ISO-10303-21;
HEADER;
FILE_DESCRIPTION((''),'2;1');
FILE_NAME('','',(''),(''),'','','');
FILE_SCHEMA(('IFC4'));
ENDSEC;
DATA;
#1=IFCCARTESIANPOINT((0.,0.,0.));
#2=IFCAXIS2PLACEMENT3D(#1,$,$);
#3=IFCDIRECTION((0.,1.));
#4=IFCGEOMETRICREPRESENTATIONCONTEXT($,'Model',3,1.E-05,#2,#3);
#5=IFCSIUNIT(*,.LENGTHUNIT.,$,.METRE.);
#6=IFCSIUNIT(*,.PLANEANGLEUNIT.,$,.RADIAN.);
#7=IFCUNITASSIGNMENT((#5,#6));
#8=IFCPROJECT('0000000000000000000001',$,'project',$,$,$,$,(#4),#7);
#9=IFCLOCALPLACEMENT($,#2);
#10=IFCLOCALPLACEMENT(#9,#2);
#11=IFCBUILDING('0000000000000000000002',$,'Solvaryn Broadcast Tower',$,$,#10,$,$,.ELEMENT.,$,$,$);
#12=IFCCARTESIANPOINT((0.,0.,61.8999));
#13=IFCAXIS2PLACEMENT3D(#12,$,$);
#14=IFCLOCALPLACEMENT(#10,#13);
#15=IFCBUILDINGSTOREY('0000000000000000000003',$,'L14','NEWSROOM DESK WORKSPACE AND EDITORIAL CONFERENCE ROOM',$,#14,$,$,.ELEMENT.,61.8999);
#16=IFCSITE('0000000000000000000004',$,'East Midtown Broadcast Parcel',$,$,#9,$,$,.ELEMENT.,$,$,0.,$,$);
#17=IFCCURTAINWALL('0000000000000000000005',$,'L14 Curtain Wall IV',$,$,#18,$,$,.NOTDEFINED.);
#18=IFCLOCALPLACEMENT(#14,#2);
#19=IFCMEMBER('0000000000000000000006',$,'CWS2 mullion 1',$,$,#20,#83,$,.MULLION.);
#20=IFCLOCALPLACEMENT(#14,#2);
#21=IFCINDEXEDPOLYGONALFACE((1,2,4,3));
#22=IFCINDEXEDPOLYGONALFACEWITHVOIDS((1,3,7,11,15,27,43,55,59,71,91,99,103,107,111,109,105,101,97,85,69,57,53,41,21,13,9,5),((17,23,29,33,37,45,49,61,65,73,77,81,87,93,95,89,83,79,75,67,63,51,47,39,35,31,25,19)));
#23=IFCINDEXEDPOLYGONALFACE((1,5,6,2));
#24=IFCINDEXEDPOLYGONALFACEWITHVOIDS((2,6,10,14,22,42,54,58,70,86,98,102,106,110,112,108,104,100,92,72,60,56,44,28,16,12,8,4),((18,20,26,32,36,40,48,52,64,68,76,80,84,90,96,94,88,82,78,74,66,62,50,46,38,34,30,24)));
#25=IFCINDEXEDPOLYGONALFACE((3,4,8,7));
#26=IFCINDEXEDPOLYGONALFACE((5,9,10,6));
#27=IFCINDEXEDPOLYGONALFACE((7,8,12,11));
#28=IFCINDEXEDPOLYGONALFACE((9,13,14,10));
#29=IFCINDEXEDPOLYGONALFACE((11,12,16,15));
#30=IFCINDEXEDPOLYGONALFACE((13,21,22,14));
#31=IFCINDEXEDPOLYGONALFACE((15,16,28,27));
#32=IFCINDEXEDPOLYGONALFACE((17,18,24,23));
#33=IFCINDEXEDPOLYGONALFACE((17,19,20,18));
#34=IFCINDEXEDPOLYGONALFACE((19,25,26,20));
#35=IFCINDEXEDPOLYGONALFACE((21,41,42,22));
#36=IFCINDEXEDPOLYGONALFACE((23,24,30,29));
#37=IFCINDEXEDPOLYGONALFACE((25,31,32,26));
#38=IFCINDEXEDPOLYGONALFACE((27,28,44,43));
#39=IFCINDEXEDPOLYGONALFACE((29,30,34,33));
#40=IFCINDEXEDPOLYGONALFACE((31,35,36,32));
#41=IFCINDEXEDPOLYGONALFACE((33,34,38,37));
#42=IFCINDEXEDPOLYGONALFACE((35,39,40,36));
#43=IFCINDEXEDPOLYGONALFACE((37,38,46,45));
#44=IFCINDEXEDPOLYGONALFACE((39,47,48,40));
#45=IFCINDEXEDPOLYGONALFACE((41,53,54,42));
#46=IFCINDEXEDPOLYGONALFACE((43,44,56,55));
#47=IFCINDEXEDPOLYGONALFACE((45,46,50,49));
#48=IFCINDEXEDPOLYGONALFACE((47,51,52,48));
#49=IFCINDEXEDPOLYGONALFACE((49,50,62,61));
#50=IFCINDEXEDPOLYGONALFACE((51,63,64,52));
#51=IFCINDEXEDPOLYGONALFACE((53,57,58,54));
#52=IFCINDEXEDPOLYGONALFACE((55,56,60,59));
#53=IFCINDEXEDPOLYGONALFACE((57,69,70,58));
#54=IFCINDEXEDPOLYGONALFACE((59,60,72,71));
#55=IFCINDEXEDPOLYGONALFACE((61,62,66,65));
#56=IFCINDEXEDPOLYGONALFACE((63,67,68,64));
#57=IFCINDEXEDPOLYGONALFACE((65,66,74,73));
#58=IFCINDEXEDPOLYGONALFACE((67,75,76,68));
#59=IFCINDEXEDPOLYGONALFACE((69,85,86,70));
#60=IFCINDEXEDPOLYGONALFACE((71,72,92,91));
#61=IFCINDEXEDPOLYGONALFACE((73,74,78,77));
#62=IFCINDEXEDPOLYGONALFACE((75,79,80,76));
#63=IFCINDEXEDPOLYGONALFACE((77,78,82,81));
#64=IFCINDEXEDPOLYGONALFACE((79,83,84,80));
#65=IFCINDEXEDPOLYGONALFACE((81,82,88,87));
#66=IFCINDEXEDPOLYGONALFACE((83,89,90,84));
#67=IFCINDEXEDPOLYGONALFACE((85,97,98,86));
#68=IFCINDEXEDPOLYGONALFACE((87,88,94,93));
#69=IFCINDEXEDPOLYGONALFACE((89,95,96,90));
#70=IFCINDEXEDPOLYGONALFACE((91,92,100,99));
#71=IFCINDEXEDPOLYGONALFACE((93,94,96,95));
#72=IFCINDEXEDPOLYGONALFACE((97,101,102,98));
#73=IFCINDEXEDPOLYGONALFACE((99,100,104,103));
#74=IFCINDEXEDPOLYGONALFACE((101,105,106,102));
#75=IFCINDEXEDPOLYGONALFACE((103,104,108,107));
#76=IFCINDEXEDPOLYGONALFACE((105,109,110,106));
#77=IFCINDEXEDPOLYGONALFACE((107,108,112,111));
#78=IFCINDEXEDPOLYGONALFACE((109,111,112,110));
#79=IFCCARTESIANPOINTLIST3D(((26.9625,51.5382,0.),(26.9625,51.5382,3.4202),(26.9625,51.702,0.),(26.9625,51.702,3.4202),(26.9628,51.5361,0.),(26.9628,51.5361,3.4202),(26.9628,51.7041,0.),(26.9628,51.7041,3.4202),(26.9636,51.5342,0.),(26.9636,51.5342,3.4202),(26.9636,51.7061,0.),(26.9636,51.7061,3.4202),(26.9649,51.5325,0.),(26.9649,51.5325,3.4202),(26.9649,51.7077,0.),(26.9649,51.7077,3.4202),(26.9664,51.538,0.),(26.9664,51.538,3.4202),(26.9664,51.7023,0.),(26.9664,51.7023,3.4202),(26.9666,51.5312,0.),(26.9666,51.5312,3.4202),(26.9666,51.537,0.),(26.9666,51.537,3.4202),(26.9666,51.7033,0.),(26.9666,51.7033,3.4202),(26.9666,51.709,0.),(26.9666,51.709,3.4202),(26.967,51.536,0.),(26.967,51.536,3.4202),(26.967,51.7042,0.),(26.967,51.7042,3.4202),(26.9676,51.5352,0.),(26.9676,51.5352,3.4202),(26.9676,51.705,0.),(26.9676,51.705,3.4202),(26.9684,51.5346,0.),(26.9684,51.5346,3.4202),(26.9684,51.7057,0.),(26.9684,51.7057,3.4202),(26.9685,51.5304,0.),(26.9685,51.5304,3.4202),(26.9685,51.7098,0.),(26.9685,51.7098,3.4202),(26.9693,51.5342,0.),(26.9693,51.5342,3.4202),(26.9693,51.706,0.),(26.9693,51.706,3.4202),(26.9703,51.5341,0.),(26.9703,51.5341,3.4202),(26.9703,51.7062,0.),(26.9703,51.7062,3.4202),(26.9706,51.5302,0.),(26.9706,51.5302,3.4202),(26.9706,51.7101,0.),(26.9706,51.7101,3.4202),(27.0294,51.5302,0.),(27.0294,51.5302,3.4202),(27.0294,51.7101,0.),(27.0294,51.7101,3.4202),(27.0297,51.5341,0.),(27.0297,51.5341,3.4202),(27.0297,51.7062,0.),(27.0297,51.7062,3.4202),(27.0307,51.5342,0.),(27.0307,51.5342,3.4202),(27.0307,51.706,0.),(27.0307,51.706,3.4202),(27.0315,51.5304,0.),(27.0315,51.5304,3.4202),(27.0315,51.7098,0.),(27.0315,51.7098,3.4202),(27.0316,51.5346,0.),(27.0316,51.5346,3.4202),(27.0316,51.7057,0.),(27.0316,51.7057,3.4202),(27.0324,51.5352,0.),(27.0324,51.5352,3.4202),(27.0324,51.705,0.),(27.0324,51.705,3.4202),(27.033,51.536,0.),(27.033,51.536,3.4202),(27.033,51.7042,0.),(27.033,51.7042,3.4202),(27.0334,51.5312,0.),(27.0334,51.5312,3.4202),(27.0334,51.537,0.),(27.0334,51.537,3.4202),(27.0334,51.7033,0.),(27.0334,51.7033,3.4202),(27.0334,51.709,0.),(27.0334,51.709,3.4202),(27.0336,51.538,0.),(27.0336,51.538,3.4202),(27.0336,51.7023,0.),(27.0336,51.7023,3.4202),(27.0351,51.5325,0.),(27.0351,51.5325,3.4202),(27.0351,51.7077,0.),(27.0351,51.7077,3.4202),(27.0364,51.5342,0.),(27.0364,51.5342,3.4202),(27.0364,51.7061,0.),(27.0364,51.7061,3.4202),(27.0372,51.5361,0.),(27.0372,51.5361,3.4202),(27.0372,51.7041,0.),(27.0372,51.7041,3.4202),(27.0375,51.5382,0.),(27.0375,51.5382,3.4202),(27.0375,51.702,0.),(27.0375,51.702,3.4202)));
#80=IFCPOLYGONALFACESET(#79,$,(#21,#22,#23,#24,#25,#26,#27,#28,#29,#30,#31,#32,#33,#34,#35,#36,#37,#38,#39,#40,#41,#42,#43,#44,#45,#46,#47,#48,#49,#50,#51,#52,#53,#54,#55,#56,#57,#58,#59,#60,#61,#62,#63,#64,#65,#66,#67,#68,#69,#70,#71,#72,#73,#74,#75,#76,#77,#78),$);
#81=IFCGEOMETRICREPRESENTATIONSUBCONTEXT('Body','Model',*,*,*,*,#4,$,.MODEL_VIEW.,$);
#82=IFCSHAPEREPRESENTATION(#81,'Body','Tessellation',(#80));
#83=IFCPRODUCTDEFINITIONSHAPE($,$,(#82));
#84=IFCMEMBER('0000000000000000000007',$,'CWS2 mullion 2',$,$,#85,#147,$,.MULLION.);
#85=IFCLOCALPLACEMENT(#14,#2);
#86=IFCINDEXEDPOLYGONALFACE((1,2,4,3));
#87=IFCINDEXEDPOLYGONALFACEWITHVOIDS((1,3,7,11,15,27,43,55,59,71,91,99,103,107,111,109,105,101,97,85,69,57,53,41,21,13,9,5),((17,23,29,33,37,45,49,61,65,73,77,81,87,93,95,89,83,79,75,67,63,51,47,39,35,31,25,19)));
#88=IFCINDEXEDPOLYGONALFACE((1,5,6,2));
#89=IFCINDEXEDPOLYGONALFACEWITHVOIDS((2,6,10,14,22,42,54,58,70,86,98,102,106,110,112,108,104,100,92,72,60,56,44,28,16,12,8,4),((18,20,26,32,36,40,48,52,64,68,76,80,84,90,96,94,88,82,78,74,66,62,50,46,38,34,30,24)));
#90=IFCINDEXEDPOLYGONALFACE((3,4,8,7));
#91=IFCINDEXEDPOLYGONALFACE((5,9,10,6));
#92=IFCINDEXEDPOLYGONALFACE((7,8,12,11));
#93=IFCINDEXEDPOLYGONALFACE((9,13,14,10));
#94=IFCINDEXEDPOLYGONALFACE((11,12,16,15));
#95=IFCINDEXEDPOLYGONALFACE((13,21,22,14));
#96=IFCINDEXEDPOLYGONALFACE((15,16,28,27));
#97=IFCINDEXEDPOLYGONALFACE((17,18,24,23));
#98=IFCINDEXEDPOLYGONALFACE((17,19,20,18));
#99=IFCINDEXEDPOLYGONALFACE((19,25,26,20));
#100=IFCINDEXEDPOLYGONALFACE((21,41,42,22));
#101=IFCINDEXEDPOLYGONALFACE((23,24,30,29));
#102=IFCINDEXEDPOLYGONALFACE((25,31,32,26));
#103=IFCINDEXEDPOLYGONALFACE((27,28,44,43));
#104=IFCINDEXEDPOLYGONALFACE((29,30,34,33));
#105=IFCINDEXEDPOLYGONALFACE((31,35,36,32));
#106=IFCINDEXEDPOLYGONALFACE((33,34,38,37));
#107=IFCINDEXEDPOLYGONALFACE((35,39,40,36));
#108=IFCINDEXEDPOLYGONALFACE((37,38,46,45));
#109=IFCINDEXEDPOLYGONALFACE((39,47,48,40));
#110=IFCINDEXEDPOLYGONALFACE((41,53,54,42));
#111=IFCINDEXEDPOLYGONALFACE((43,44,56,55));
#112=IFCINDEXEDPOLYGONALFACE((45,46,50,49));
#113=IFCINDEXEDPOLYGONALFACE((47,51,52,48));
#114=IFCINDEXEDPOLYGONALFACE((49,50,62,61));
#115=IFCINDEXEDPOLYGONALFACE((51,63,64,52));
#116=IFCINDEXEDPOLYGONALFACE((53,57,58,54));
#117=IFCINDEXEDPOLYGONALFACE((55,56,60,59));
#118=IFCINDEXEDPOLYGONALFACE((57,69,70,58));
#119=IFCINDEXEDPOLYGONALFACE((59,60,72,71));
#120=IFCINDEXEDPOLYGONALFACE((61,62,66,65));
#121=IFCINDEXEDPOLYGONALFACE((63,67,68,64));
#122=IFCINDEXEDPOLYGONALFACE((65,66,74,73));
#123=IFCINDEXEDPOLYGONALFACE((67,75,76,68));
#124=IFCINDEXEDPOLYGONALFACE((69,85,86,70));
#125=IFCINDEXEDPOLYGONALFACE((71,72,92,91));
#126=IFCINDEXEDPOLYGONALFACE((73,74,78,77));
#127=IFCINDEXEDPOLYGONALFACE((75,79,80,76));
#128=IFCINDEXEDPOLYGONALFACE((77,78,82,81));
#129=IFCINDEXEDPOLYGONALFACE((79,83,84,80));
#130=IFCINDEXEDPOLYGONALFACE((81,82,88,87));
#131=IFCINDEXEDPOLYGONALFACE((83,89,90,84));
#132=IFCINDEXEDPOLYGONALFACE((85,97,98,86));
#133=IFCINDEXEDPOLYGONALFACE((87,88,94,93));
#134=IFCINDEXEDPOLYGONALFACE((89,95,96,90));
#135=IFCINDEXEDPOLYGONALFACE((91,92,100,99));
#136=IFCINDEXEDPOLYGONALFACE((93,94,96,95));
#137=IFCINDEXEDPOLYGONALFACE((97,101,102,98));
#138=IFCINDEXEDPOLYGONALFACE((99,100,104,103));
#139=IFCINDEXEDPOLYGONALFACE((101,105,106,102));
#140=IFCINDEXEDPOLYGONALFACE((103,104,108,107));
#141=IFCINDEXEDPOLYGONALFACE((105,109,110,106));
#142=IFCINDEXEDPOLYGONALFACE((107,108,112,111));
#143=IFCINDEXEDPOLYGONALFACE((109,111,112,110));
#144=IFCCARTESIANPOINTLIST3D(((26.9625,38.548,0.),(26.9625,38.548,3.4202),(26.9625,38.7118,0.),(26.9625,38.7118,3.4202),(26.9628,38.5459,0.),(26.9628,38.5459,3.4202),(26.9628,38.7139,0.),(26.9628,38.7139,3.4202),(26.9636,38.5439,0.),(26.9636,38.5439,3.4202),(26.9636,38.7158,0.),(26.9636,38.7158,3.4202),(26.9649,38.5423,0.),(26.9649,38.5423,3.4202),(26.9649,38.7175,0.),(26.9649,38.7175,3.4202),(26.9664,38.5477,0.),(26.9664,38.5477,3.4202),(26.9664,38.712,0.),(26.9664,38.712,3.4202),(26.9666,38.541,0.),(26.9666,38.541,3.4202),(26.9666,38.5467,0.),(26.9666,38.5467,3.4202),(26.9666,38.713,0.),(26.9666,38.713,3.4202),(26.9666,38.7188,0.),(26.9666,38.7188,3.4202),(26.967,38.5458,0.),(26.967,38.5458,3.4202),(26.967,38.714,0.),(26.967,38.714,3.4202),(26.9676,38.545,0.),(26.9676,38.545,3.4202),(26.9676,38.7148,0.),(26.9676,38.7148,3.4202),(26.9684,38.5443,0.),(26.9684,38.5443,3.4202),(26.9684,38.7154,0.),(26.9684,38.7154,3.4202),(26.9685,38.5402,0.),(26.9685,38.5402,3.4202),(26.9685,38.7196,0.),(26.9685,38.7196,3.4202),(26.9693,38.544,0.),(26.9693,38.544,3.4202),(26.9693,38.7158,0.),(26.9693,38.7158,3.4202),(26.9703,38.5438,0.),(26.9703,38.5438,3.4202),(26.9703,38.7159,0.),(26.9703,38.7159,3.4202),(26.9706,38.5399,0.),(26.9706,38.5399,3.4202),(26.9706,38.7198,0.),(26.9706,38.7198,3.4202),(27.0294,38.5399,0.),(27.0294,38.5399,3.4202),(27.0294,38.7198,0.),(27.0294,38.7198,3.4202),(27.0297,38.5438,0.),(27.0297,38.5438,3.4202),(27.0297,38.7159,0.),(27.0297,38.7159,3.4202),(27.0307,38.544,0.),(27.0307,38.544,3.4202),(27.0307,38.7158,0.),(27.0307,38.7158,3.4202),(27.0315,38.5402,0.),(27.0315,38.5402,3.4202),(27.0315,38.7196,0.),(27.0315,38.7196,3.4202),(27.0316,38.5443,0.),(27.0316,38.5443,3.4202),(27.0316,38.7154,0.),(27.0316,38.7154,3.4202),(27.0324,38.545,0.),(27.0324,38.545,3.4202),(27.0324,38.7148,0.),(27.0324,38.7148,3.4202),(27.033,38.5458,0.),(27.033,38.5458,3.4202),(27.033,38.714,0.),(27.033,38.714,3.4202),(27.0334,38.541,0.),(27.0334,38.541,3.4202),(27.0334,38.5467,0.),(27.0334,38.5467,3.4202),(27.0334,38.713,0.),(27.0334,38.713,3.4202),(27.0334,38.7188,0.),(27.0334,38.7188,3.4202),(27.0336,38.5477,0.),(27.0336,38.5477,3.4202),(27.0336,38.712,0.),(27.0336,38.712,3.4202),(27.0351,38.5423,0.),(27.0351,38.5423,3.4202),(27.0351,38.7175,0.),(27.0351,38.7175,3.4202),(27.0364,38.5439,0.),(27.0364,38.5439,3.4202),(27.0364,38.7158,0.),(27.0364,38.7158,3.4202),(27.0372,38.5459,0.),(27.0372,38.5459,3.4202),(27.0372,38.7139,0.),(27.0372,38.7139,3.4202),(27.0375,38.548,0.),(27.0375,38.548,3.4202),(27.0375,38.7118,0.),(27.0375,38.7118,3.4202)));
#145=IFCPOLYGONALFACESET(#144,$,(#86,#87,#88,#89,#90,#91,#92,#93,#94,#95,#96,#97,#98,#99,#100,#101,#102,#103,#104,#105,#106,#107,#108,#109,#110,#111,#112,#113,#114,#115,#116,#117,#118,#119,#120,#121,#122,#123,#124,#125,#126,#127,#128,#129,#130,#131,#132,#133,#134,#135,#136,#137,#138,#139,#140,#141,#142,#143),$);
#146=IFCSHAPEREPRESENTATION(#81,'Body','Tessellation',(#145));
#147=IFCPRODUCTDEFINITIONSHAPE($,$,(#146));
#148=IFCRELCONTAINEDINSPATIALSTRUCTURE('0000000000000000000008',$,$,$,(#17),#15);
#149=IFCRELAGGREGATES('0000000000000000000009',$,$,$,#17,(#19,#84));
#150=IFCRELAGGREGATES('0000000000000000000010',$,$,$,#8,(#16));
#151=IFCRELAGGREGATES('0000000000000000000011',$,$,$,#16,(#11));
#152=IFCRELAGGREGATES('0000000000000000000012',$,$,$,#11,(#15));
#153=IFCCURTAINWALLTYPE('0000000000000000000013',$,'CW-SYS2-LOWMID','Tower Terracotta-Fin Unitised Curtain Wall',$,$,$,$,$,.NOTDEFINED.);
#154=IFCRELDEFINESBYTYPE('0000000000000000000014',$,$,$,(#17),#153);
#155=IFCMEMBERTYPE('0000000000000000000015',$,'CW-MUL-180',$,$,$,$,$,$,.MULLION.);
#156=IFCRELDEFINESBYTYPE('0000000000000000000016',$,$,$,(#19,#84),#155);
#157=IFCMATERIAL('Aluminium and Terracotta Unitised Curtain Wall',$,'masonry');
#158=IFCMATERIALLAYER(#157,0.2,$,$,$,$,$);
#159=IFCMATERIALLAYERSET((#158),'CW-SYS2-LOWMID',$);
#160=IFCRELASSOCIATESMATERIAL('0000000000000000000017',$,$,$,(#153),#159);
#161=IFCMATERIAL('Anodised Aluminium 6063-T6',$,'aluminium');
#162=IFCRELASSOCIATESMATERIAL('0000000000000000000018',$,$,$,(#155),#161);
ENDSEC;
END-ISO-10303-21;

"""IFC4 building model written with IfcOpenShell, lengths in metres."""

from ifc_helpers import new_model, si_unit, direction, frame, origin, origin_2d, place, context, subcontext, project, spatial, hollow_rectangle, extrude, material, layer, layer_set, material_profile, profile_set, type_object, element, aggregate, save


model = new_model("IFC4")

# Units and contexts
model_context = context("Model", 3, precision=1e-05, world=origin(), true_north=direction((0.0, 1.0)))
body_context = subcontext(model_context, "Body", "Model", "MODEL_VIEW")
ifc_project = project(units=[si_unit("LENGTHUNIT", "METRE"), si_unit("PLANEANGLEUNIT", "RADIAN")], contexts=[model_context])

# Site, building, storey
site_placement = place(None, origin())
site = spatial("IfcSite", under=ifc_project, at=site_placement, Name="East Midtown Broadcast Parcel", CompositionType="ELEMENT", RefElevation=0.0)
building_placement = place(site_placement, origin())
building = spatial("IfcBuilding", under=site, at=building_placement, Name="Solvaryn Broadcast Tower", CompositionType="ELEMENT")
storey_placement = place(building_placement, frame((0.0, 0.0, 61.8999)))
storey = spatial("IfcBuildingStorey", under=building, at=storey_placement, Name="L14", Description="NEWSROOM DESK WORKSPACE AND EDITORIAL CONFERENCE ROOM", CompositionType="ELEMENT", Elevation=61.8999)

# Curtain wall, members
ifc_material_1 = material(Name="Aluminium and Terracotta Unitised Curtain Wall", Category="masonry")
ifc_layer_1 = layer(ifc_material_1, 0.2)
ifc_layer_set_1 = layer_set([ifc_layer_1], Name="CW-SYS2-LOWMID")
curtain_wall_type = type_object("IfcCurtainWallType", Name="CW-SYS2-LOWMID", Description="Tower Terracotta-Fin Unitised Curtain Wall", PredefinedType="NOTDEFINED", material=ifc_layer_set_1)
curtain_wall_1_placement = place(storey_placement, origin())
curtain_wall_1 = element("IfcCurtainWall", 1, at=curtain_wall_1_placement, inside=storey, type_object=curtain_wall_type, Name="L14 Curtain Wall IV", PredefinedType="NOTDEFINED")
ifc_material_2 = material(Name="Anodised Aluminium 6063-T6", Category="aluminium")
ifc_material_profile_1 = material_profile(ifc_material_2, hollow_rectangle(XDim=0.075, YDim=0.1799, WallThickness=0.0039, InnerFilletRadius=0.0039, OuterFilletRadius=0.0081, at=origin_2d()))
ifc_profile_set_1 = profile_set([ifc_material_profile_1], Name="Anodised Aluminium 6063-T6")
member_type_1 = type_object("IfcMemberType", Name="CW-MUL-180", PredefinedType="MULLION", material=ifc_profile_set_1)
member_1_placement = place(storey_placement, frame((27.0, 51.6201, 0.0), z_axis=(0.0, 0.0, 1.0), x_axis=(1.0, 0.0, 0.0)))
member_1 = element("IfcMember", 2, at=member_1_placement, type_object=member_type_1, Name="CWS2 mullion 1", PredefinedType="MULLION", context=body_context, shape_type="SweptSolid", body=[
    extrude(hollow_rectangle(XDim=0.075, YDim=0.1799, WallThickness=0.0039, InnerFilletRadius=0.0039, OuterFilletRadius=0.0081, at=origin_2d()), origin(), (0.0, 0.0, 1.0), 3.4202),
])
member_2_placement = place(storey_placement, frame((27.0, 38.6299, 0.0), z_axis=(0.0, 0.0, 1.0), x_axis=(1.0, 0.0, 0.0)))
member_2 = element("IfcMember", 3, at=member_2_placement, type_object=member_type_1, Name="CWS2 mullion 2", PredefinedType="MULLION", context=body_context, shape_type="SweptSolid", body=[
    extrude(hollow_rectangle(XDim=0.075, YDim=0.1799, WallThickness=0.0039, InnerFilletRadius=0.0039, OuterFilletRadius=0.0081, at=origin_2d()), origin(), (0.0, 0.0, 1.0), 3.4202),
])

aggregate(curtain_wall_1, [member_1, member_2])

save(model, "model.ifc")
